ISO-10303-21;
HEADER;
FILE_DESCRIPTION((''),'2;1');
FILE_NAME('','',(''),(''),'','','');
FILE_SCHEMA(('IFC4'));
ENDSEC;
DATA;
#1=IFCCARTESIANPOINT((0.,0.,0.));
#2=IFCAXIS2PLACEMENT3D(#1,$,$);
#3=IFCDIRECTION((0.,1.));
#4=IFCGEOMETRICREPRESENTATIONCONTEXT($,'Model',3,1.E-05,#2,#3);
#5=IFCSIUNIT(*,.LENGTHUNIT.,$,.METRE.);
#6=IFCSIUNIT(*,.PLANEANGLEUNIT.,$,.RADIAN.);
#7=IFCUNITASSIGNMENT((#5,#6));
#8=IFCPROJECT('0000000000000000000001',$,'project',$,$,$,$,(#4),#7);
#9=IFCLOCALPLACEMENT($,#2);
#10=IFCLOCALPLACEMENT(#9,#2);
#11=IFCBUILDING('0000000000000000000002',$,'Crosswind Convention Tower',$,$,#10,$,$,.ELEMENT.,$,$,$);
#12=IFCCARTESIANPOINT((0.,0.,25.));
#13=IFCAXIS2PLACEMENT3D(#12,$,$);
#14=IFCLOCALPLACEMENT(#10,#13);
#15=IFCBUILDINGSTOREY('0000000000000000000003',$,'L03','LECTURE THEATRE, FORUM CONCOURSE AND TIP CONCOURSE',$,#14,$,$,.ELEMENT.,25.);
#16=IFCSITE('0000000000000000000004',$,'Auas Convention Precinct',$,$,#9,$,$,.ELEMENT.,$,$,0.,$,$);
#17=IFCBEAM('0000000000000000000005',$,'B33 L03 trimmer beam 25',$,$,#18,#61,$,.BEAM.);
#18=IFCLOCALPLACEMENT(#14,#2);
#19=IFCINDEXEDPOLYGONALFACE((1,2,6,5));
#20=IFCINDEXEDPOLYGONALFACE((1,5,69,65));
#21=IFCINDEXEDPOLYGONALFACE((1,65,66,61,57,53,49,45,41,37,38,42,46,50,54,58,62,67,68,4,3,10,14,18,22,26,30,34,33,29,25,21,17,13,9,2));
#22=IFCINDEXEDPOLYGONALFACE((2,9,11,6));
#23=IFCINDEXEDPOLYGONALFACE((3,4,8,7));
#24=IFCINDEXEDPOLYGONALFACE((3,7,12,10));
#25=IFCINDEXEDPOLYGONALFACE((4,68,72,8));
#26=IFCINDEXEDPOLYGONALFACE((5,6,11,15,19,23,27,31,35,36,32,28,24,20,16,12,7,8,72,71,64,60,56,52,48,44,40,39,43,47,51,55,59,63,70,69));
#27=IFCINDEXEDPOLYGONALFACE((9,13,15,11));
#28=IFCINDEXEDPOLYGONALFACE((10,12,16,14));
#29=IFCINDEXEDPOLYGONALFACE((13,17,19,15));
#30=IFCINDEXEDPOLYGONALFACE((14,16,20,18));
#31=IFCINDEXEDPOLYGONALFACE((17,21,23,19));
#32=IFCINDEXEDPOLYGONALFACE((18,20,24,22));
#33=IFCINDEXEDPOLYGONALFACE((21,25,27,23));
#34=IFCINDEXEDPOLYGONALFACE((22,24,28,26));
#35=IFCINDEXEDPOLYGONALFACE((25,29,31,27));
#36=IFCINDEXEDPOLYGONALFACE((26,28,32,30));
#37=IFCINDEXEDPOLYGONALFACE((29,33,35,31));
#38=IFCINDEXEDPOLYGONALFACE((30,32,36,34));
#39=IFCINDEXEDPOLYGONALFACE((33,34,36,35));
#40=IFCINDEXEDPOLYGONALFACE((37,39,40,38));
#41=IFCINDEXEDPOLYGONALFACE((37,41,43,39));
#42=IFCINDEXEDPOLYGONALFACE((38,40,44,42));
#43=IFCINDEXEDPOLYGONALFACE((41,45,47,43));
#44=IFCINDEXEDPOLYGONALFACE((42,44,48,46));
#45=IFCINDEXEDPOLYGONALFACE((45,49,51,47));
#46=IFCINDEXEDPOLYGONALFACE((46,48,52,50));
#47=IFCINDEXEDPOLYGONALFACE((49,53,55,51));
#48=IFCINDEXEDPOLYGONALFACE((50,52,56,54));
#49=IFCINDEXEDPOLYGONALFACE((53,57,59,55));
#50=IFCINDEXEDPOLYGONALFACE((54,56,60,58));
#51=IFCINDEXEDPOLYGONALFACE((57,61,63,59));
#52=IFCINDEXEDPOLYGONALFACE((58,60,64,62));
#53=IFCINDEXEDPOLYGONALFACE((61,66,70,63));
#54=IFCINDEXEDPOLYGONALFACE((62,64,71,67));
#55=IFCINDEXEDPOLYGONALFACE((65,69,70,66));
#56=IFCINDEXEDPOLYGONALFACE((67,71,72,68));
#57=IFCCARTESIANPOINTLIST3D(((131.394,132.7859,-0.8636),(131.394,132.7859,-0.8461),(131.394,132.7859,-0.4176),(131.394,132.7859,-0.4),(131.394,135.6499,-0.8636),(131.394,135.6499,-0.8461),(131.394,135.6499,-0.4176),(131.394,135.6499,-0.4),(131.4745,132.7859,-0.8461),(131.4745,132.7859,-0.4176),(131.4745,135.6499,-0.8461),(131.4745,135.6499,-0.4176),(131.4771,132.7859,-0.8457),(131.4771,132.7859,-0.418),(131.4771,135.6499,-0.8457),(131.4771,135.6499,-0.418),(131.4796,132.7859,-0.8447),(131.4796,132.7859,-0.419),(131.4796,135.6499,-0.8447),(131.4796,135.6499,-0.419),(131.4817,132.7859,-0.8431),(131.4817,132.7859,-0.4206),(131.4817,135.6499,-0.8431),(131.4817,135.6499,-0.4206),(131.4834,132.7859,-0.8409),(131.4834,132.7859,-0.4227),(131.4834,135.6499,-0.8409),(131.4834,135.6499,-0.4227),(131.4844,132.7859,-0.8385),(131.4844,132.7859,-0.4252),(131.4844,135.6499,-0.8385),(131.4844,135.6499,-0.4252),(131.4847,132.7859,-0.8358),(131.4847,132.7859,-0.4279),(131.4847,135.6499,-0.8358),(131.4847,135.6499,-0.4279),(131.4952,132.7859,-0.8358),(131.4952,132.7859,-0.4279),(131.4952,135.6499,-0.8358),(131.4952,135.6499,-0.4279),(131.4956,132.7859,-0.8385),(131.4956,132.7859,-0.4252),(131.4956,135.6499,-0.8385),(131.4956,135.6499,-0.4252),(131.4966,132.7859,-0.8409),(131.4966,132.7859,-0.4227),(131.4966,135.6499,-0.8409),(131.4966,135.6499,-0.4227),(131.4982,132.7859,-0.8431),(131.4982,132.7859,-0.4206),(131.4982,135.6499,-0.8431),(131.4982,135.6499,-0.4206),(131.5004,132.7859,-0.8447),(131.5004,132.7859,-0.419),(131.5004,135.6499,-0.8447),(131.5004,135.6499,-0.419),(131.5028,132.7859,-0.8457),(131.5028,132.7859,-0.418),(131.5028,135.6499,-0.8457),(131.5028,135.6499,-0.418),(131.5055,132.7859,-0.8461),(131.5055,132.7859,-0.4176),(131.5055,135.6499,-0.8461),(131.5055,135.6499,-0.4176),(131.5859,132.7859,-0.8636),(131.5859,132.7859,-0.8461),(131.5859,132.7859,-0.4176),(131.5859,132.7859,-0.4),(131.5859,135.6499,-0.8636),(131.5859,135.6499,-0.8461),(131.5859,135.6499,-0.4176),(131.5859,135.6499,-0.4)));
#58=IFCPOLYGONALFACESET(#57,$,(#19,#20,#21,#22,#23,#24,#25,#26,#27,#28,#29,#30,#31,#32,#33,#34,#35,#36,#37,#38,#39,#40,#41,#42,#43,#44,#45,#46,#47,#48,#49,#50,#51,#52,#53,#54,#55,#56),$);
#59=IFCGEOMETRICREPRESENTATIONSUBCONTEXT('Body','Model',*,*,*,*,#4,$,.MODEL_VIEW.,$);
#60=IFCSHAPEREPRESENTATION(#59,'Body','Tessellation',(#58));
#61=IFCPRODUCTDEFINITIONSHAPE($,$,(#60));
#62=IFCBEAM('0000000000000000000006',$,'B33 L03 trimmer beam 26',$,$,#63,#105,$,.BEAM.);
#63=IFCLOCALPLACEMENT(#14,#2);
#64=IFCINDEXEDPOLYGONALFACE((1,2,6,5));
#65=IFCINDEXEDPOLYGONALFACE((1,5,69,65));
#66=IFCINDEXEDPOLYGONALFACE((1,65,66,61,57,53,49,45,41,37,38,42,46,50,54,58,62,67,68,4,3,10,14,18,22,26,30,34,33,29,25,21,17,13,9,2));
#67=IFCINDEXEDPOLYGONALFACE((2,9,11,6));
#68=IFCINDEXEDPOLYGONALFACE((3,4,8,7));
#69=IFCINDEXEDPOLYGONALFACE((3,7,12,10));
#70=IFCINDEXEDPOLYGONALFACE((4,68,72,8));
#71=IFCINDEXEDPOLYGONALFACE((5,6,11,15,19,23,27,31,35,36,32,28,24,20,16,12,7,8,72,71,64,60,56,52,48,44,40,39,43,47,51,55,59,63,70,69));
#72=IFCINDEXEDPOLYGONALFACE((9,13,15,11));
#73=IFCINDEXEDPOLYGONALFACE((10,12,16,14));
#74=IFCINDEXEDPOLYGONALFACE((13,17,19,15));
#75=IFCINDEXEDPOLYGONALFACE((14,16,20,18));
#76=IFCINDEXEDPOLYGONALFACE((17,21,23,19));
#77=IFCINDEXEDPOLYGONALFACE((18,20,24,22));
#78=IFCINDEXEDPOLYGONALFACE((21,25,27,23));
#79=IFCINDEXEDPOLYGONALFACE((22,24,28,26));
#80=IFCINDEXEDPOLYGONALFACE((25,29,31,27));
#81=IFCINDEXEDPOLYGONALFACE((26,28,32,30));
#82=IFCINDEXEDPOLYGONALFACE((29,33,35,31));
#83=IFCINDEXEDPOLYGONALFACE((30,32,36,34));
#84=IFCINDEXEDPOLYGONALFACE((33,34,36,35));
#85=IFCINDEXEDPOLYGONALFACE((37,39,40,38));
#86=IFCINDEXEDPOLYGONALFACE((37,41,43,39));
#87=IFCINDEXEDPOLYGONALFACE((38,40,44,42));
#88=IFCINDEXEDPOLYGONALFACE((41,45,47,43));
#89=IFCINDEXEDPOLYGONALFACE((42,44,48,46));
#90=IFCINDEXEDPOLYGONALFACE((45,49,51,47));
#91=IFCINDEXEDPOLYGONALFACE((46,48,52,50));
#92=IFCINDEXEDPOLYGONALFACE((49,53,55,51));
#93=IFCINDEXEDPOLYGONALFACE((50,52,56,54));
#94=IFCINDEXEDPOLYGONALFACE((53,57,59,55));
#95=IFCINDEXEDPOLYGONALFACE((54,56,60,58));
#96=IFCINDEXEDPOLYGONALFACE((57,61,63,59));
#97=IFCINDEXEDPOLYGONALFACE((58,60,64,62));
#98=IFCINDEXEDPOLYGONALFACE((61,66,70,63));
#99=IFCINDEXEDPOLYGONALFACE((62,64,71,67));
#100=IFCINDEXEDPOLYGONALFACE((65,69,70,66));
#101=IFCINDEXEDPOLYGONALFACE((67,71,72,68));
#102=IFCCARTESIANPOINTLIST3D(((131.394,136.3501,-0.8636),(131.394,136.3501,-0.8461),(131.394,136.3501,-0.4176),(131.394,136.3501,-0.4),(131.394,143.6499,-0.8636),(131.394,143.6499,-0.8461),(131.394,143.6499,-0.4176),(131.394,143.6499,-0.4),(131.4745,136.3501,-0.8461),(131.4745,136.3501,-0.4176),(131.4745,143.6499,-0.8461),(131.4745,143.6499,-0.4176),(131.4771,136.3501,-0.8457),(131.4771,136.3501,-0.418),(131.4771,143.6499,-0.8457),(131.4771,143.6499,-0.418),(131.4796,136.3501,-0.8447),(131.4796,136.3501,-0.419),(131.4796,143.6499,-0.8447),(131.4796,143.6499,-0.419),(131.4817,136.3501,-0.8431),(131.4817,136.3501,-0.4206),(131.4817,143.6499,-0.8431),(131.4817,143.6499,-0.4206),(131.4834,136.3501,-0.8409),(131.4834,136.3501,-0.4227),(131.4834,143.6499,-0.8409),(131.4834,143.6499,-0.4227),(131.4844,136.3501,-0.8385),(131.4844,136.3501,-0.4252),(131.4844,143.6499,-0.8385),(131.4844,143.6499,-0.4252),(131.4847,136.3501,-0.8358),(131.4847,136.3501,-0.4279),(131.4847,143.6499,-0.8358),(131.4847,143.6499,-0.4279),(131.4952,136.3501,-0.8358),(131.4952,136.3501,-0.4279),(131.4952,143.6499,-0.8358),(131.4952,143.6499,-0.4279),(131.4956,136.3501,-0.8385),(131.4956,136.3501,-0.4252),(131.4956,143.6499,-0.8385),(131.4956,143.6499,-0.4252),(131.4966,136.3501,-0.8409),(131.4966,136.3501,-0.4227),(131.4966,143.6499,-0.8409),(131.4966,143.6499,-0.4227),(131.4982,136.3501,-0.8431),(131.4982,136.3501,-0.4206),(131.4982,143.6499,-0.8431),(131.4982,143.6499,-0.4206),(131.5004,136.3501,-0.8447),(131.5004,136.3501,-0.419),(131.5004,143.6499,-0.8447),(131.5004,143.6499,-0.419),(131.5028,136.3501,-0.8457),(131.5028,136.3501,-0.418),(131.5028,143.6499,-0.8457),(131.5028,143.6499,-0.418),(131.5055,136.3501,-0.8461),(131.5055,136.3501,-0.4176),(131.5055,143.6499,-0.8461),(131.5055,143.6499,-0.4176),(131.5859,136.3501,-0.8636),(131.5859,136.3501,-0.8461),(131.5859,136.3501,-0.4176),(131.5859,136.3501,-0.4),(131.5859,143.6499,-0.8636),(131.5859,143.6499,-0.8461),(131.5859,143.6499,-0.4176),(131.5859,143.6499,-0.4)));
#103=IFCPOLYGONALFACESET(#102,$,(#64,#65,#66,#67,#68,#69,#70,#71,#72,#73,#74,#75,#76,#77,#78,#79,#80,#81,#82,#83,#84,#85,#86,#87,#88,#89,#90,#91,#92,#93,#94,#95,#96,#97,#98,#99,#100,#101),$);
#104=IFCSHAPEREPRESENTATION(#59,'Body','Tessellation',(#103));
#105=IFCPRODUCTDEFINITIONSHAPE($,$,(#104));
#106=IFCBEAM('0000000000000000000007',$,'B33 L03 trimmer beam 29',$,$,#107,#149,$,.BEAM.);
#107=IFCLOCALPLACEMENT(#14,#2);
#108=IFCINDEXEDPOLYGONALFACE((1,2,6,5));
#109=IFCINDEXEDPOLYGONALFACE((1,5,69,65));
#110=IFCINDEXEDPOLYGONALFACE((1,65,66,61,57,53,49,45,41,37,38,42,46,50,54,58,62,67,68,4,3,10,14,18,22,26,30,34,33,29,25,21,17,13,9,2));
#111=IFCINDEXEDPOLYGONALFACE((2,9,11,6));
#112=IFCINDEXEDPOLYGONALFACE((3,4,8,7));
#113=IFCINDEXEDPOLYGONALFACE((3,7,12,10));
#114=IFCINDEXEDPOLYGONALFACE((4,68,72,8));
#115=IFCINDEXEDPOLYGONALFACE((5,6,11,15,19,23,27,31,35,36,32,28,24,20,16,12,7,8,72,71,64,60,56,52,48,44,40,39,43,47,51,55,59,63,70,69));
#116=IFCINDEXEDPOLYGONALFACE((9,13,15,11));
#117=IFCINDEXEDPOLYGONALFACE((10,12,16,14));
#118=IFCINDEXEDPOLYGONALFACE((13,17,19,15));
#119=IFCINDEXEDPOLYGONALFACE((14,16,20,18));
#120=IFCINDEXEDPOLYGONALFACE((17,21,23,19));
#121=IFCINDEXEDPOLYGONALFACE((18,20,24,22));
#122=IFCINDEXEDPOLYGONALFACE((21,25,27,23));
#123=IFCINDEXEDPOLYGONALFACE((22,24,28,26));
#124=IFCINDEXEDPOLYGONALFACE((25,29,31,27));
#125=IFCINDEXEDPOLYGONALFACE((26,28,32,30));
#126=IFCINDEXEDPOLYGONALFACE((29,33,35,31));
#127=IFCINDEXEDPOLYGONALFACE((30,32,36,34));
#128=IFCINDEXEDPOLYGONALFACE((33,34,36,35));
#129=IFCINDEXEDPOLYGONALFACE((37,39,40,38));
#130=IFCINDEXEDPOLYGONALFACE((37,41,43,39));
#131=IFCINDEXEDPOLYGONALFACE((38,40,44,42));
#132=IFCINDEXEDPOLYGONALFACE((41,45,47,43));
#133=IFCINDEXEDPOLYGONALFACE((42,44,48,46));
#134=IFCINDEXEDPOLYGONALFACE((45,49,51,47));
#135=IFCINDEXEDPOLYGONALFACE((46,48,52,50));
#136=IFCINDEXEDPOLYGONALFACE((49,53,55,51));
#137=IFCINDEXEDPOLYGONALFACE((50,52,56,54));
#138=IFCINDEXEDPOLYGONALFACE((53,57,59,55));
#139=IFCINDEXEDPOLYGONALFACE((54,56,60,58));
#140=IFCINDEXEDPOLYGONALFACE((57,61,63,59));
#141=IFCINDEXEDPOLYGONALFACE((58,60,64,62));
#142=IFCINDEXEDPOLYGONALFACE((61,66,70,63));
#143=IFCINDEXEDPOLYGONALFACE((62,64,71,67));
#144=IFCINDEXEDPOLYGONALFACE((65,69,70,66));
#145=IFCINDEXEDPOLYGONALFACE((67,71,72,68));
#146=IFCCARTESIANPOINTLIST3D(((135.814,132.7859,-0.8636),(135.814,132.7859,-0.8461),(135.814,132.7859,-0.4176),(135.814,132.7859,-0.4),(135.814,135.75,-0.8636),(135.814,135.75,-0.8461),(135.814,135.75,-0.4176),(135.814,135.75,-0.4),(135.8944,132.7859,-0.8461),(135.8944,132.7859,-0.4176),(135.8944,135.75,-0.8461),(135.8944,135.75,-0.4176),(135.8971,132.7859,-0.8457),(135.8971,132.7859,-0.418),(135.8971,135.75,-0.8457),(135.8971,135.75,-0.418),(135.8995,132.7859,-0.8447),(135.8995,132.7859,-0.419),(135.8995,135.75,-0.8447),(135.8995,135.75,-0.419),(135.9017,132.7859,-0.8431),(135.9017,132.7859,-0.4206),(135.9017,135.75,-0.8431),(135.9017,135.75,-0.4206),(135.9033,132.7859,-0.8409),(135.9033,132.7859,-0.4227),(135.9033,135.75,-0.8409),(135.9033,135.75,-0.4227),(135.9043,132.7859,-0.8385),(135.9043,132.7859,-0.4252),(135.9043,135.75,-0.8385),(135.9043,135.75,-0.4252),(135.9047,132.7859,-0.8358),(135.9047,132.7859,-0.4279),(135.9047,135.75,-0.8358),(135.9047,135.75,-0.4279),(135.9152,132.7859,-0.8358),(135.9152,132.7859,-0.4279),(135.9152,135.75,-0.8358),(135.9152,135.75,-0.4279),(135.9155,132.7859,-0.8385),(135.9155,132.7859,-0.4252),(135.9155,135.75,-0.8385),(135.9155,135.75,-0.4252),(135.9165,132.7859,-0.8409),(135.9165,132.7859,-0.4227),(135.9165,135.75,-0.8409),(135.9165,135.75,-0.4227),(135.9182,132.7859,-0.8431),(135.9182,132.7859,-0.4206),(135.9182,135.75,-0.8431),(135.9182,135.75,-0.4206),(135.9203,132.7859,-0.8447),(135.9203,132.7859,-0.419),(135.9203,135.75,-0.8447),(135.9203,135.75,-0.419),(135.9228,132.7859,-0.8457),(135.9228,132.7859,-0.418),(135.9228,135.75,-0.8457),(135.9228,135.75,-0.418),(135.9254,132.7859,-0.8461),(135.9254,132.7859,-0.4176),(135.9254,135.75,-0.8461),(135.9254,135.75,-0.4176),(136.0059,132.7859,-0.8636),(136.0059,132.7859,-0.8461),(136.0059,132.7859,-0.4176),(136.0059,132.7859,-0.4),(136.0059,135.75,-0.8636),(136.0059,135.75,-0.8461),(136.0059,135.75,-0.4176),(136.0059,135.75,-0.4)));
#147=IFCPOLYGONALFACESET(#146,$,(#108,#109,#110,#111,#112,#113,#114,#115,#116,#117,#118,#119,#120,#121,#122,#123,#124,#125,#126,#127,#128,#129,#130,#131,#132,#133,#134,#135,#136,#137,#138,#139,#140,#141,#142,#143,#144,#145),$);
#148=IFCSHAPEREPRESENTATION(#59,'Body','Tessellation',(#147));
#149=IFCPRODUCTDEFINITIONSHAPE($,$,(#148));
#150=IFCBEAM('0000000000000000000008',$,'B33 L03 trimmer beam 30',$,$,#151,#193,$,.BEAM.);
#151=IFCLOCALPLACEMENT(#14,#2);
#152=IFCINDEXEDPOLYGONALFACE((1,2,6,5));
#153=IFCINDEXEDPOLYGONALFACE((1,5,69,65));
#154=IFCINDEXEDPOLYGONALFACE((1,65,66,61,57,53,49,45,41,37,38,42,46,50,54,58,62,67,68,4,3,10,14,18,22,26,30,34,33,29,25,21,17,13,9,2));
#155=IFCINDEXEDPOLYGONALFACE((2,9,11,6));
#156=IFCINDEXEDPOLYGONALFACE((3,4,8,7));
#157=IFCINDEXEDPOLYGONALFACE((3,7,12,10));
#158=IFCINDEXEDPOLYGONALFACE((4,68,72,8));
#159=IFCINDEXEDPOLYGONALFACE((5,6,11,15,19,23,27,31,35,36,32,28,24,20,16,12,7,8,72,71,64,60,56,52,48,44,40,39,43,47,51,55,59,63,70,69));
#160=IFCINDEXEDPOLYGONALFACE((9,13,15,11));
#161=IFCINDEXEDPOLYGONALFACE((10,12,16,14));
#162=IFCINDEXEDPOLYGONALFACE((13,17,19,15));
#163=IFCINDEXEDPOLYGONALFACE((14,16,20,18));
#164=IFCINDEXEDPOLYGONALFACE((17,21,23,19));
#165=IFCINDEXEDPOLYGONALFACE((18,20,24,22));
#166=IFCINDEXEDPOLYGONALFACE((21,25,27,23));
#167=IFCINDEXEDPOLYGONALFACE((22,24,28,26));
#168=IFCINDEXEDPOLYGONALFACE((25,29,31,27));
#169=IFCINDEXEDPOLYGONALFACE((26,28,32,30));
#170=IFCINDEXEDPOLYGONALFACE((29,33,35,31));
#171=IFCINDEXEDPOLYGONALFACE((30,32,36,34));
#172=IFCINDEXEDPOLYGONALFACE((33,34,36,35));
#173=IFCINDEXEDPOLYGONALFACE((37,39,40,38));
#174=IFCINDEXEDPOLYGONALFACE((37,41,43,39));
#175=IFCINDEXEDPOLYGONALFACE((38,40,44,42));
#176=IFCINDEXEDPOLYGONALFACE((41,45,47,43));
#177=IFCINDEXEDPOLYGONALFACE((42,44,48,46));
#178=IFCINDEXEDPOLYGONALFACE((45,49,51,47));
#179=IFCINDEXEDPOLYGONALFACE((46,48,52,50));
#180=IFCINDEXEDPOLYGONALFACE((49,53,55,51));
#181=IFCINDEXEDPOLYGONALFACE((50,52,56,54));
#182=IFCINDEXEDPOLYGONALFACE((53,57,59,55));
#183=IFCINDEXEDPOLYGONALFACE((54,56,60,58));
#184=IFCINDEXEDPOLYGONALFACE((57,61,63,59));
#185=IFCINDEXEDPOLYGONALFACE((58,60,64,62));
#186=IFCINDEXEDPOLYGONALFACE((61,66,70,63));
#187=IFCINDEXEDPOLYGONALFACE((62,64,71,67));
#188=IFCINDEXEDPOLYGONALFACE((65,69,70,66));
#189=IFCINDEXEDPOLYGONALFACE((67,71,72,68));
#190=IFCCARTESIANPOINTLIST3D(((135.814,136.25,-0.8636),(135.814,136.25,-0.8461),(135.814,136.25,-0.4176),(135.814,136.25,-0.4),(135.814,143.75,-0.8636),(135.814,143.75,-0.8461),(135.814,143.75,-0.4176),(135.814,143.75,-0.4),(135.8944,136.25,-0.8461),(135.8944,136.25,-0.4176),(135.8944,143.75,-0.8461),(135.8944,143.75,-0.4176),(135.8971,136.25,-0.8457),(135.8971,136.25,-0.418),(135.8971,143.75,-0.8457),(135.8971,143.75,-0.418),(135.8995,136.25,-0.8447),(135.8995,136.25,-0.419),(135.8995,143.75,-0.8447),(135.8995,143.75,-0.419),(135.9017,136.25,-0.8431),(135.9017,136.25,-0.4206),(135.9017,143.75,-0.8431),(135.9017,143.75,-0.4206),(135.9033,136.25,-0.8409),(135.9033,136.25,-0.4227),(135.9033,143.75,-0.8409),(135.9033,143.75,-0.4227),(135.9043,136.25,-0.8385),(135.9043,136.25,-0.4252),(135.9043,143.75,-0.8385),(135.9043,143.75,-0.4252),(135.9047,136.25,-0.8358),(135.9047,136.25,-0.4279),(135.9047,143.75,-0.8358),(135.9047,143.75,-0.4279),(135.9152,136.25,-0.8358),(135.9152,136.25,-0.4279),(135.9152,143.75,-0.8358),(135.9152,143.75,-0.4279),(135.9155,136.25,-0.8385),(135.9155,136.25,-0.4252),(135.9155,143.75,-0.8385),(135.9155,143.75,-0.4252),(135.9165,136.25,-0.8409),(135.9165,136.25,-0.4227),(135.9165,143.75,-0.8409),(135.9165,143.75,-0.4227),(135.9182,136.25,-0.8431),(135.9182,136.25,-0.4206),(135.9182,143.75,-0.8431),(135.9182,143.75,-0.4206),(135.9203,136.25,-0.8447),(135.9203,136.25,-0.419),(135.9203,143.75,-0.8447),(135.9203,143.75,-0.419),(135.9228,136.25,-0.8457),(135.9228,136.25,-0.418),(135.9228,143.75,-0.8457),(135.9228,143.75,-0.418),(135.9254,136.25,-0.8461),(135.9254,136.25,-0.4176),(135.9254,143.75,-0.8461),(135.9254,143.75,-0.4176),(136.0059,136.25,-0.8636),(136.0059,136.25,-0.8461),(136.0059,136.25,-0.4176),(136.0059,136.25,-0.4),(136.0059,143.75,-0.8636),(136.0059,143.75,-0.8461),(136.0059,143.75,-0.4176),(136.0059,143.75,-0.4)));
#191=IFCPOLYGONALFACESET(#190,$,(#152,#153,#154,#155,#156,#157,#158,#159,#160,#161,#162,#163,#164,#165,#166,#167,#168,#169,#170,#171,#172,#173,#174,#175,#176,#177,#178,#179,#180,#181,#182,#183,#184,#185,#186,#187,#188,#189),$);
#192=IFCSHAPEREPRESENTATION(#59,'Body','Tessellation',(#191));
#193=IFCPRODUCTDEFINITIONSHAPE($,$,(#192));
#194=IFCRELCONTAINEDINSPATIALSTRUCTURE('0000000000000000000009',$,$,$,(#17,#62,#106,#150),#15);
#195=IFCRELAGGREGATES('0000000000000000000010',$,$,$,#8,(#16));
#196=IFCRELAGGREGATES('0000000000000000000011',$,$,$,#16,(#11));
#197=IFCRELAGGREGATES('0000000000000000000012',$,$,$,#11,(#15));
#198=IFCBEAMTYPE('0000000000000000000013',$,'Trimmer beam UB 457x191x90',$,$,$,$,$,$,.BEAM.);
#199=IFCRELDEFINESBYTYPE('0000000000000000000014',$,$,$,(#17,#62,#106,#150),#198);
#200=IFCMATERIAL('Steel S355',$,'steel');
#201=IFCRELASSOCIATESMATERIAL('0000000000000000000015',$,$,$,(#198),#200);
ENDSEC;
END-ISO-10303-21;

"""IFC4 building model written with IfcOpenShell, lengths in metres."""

from ifc_helpers import new_model, si_unit, direction, frame, origin, origin_2d, place, context, subcontext, project, spatial, i_section, extrude, material, material_profile, profile_set, type_object, element, save


model = new_model("IFC4")

# Units and contexts
model_context = context("Model", 3, precision=1e-05, world=origin(), true_north=direction((0.0, 1.0)))
body_context = subcontext(model_context, "Body", "Model", "MODEL_VIEW")
ifc_project = project(units=[si_unit("LENGTHUNIT", "METRE"), si_unit("PLANEANGLEUNIT", "RADIAN")], contexts=[model_context])

# Site, building, storey
site_placement = place(None, origin())
site = spatial("IfcSite", under=ifc_project, at=site_placement, Name="Auas Convention Precinct", CompositionType="ELEMENT", RefElevation=0.0)
building_placement = place(site_placement, origin())
building = spatial("IfcBuilding", under=site, at=building_placement, Name="Crosswind Convention Tower", CompositionType="ELEMENT")
storey_placement = place(building_placement, frame((0.0, 0.0, 25.0)))
storey = spatial("IfcBuildingStorey", under=building, at=storey_placement, Name="L03", Description="LECTURE THEATRE, FORUM CONCOURSE AND TIP CONCOURSE", CompositionType="ELEMENT", Elevation=25.0)

# Shared definitions
ifc_material_1 = material(Name="Steel S355", Category="steel")

# Beams
ifc_material_profile_1 = material_profile(ifc_material_1, i_section(OverallWidth=0.1919, OverallDepth=0.4636, WebThickness=0.0105, FlangeThickness=0.0176, FilletRadius=0.0103, at=origin_2d()), Name="UB 457x191x90")
ifc_profile_set_1 = profile_set([ifc_material_profile_1], Name="Steel S355")
beam_type_1 = type_object("IfcBeamType", Name="Trimmer beam UB 457x191x90", PredefinedType="BEAM", material=ifc_profile_set_1)
beam_1_placement = place(storey_placement, frame((131.49, 132.7859, -0.6318), z_axis=(0.0, 1.0, 0.0), x_axis=(-1.0, 0.0, 0.0)))
element("IfcBeam", 1, at=beam_1_placement, inside=storey, type_object=beam_type_1, Name="B33 L03 trimmer beam 25", PredefinedType="BEAM", context=body_context, shape_type="SweptSolid", body=[
    extrude(i_section(OverallWidth=0.1919, OverallDepth=0.4636, WebThickness=0.0105, FlangeThickness=0.0176, FilletRadius=0.0103, at=origin_2d()), origin(), (0.0, 0.0, 1.0), 2.864),
])
beam_2_placement = place(storey_placement, frame((131.49, 136.3501, -0.6318), z_axis=(0.0, 1.0, 0.0), x_axis=(-1.0, 0.0, 0.0)))
element("IfcBeam", 2, at=beam_2_placement, inside=storey, type_object=beam_type_1, Name="B33 L03 trimmer beam 26", PredefinedType="BEAM", context=body_context, shape_type="SweptSolid", body=[
    extrude(i_section(OverallWidth=0.1919, OverallDepth=0.4636, WebThickness=0.0105, FlangeThickness=0.0176, FilletRadius=0.0103, at=origin_2d()), origin(), (0.0, 0.0, 1.0), 7.2998),
])
beam_3_placement = place(storey_placement, frame((135.9099, 132.7859, -0.6318), z_axis=(0.0, 1.0, 0.0), x_axis=(-1.0, 0.0, 0.0)))
element("IfcBeam", 3, at=beam_3_placement, inside=storey, type_object=beam_type_1, Name="B33 L03 trimmer beam 29", PredefinedType="BEAM", context=body_context, shape_type="SweptSolid", body=[
    extrude(i_section(OverallWidth=0.1919, OverallDepth=0.4636, WebThickness=0.0105, FlangeThickness=0.0176, FilletRadius=0.0103, at=origin_2d()), origin(), (0.0, 0.0, 1.0), 2.9641),
])
beam_4_placement = place(storey_placement, frame((135.9099, 136.25, -0.6318), z_axis=(0.0, 1.0, 0.0), x_axis=(-1.0, 0.0, 0.0)))
element("IfcBeam", 4, at=beam_4_placement, inside=storey, type_object=beam_type_1, Name="B33 L03 trimmer beam 30", PredefinedType="BEAM", context=body_context, shape_type="SweptSolid", body=[
    extrude(i_section(OverallWidth=0.1919, OverallDepth=0.4636, WebThickness=0.0105, FlangeThickness=0.0176, FilletRadius=0.0103, at=origin_2d()), origin(), (0.0, 0.0, 1.0), 7.5),
])

save(model, "model.ifc")
